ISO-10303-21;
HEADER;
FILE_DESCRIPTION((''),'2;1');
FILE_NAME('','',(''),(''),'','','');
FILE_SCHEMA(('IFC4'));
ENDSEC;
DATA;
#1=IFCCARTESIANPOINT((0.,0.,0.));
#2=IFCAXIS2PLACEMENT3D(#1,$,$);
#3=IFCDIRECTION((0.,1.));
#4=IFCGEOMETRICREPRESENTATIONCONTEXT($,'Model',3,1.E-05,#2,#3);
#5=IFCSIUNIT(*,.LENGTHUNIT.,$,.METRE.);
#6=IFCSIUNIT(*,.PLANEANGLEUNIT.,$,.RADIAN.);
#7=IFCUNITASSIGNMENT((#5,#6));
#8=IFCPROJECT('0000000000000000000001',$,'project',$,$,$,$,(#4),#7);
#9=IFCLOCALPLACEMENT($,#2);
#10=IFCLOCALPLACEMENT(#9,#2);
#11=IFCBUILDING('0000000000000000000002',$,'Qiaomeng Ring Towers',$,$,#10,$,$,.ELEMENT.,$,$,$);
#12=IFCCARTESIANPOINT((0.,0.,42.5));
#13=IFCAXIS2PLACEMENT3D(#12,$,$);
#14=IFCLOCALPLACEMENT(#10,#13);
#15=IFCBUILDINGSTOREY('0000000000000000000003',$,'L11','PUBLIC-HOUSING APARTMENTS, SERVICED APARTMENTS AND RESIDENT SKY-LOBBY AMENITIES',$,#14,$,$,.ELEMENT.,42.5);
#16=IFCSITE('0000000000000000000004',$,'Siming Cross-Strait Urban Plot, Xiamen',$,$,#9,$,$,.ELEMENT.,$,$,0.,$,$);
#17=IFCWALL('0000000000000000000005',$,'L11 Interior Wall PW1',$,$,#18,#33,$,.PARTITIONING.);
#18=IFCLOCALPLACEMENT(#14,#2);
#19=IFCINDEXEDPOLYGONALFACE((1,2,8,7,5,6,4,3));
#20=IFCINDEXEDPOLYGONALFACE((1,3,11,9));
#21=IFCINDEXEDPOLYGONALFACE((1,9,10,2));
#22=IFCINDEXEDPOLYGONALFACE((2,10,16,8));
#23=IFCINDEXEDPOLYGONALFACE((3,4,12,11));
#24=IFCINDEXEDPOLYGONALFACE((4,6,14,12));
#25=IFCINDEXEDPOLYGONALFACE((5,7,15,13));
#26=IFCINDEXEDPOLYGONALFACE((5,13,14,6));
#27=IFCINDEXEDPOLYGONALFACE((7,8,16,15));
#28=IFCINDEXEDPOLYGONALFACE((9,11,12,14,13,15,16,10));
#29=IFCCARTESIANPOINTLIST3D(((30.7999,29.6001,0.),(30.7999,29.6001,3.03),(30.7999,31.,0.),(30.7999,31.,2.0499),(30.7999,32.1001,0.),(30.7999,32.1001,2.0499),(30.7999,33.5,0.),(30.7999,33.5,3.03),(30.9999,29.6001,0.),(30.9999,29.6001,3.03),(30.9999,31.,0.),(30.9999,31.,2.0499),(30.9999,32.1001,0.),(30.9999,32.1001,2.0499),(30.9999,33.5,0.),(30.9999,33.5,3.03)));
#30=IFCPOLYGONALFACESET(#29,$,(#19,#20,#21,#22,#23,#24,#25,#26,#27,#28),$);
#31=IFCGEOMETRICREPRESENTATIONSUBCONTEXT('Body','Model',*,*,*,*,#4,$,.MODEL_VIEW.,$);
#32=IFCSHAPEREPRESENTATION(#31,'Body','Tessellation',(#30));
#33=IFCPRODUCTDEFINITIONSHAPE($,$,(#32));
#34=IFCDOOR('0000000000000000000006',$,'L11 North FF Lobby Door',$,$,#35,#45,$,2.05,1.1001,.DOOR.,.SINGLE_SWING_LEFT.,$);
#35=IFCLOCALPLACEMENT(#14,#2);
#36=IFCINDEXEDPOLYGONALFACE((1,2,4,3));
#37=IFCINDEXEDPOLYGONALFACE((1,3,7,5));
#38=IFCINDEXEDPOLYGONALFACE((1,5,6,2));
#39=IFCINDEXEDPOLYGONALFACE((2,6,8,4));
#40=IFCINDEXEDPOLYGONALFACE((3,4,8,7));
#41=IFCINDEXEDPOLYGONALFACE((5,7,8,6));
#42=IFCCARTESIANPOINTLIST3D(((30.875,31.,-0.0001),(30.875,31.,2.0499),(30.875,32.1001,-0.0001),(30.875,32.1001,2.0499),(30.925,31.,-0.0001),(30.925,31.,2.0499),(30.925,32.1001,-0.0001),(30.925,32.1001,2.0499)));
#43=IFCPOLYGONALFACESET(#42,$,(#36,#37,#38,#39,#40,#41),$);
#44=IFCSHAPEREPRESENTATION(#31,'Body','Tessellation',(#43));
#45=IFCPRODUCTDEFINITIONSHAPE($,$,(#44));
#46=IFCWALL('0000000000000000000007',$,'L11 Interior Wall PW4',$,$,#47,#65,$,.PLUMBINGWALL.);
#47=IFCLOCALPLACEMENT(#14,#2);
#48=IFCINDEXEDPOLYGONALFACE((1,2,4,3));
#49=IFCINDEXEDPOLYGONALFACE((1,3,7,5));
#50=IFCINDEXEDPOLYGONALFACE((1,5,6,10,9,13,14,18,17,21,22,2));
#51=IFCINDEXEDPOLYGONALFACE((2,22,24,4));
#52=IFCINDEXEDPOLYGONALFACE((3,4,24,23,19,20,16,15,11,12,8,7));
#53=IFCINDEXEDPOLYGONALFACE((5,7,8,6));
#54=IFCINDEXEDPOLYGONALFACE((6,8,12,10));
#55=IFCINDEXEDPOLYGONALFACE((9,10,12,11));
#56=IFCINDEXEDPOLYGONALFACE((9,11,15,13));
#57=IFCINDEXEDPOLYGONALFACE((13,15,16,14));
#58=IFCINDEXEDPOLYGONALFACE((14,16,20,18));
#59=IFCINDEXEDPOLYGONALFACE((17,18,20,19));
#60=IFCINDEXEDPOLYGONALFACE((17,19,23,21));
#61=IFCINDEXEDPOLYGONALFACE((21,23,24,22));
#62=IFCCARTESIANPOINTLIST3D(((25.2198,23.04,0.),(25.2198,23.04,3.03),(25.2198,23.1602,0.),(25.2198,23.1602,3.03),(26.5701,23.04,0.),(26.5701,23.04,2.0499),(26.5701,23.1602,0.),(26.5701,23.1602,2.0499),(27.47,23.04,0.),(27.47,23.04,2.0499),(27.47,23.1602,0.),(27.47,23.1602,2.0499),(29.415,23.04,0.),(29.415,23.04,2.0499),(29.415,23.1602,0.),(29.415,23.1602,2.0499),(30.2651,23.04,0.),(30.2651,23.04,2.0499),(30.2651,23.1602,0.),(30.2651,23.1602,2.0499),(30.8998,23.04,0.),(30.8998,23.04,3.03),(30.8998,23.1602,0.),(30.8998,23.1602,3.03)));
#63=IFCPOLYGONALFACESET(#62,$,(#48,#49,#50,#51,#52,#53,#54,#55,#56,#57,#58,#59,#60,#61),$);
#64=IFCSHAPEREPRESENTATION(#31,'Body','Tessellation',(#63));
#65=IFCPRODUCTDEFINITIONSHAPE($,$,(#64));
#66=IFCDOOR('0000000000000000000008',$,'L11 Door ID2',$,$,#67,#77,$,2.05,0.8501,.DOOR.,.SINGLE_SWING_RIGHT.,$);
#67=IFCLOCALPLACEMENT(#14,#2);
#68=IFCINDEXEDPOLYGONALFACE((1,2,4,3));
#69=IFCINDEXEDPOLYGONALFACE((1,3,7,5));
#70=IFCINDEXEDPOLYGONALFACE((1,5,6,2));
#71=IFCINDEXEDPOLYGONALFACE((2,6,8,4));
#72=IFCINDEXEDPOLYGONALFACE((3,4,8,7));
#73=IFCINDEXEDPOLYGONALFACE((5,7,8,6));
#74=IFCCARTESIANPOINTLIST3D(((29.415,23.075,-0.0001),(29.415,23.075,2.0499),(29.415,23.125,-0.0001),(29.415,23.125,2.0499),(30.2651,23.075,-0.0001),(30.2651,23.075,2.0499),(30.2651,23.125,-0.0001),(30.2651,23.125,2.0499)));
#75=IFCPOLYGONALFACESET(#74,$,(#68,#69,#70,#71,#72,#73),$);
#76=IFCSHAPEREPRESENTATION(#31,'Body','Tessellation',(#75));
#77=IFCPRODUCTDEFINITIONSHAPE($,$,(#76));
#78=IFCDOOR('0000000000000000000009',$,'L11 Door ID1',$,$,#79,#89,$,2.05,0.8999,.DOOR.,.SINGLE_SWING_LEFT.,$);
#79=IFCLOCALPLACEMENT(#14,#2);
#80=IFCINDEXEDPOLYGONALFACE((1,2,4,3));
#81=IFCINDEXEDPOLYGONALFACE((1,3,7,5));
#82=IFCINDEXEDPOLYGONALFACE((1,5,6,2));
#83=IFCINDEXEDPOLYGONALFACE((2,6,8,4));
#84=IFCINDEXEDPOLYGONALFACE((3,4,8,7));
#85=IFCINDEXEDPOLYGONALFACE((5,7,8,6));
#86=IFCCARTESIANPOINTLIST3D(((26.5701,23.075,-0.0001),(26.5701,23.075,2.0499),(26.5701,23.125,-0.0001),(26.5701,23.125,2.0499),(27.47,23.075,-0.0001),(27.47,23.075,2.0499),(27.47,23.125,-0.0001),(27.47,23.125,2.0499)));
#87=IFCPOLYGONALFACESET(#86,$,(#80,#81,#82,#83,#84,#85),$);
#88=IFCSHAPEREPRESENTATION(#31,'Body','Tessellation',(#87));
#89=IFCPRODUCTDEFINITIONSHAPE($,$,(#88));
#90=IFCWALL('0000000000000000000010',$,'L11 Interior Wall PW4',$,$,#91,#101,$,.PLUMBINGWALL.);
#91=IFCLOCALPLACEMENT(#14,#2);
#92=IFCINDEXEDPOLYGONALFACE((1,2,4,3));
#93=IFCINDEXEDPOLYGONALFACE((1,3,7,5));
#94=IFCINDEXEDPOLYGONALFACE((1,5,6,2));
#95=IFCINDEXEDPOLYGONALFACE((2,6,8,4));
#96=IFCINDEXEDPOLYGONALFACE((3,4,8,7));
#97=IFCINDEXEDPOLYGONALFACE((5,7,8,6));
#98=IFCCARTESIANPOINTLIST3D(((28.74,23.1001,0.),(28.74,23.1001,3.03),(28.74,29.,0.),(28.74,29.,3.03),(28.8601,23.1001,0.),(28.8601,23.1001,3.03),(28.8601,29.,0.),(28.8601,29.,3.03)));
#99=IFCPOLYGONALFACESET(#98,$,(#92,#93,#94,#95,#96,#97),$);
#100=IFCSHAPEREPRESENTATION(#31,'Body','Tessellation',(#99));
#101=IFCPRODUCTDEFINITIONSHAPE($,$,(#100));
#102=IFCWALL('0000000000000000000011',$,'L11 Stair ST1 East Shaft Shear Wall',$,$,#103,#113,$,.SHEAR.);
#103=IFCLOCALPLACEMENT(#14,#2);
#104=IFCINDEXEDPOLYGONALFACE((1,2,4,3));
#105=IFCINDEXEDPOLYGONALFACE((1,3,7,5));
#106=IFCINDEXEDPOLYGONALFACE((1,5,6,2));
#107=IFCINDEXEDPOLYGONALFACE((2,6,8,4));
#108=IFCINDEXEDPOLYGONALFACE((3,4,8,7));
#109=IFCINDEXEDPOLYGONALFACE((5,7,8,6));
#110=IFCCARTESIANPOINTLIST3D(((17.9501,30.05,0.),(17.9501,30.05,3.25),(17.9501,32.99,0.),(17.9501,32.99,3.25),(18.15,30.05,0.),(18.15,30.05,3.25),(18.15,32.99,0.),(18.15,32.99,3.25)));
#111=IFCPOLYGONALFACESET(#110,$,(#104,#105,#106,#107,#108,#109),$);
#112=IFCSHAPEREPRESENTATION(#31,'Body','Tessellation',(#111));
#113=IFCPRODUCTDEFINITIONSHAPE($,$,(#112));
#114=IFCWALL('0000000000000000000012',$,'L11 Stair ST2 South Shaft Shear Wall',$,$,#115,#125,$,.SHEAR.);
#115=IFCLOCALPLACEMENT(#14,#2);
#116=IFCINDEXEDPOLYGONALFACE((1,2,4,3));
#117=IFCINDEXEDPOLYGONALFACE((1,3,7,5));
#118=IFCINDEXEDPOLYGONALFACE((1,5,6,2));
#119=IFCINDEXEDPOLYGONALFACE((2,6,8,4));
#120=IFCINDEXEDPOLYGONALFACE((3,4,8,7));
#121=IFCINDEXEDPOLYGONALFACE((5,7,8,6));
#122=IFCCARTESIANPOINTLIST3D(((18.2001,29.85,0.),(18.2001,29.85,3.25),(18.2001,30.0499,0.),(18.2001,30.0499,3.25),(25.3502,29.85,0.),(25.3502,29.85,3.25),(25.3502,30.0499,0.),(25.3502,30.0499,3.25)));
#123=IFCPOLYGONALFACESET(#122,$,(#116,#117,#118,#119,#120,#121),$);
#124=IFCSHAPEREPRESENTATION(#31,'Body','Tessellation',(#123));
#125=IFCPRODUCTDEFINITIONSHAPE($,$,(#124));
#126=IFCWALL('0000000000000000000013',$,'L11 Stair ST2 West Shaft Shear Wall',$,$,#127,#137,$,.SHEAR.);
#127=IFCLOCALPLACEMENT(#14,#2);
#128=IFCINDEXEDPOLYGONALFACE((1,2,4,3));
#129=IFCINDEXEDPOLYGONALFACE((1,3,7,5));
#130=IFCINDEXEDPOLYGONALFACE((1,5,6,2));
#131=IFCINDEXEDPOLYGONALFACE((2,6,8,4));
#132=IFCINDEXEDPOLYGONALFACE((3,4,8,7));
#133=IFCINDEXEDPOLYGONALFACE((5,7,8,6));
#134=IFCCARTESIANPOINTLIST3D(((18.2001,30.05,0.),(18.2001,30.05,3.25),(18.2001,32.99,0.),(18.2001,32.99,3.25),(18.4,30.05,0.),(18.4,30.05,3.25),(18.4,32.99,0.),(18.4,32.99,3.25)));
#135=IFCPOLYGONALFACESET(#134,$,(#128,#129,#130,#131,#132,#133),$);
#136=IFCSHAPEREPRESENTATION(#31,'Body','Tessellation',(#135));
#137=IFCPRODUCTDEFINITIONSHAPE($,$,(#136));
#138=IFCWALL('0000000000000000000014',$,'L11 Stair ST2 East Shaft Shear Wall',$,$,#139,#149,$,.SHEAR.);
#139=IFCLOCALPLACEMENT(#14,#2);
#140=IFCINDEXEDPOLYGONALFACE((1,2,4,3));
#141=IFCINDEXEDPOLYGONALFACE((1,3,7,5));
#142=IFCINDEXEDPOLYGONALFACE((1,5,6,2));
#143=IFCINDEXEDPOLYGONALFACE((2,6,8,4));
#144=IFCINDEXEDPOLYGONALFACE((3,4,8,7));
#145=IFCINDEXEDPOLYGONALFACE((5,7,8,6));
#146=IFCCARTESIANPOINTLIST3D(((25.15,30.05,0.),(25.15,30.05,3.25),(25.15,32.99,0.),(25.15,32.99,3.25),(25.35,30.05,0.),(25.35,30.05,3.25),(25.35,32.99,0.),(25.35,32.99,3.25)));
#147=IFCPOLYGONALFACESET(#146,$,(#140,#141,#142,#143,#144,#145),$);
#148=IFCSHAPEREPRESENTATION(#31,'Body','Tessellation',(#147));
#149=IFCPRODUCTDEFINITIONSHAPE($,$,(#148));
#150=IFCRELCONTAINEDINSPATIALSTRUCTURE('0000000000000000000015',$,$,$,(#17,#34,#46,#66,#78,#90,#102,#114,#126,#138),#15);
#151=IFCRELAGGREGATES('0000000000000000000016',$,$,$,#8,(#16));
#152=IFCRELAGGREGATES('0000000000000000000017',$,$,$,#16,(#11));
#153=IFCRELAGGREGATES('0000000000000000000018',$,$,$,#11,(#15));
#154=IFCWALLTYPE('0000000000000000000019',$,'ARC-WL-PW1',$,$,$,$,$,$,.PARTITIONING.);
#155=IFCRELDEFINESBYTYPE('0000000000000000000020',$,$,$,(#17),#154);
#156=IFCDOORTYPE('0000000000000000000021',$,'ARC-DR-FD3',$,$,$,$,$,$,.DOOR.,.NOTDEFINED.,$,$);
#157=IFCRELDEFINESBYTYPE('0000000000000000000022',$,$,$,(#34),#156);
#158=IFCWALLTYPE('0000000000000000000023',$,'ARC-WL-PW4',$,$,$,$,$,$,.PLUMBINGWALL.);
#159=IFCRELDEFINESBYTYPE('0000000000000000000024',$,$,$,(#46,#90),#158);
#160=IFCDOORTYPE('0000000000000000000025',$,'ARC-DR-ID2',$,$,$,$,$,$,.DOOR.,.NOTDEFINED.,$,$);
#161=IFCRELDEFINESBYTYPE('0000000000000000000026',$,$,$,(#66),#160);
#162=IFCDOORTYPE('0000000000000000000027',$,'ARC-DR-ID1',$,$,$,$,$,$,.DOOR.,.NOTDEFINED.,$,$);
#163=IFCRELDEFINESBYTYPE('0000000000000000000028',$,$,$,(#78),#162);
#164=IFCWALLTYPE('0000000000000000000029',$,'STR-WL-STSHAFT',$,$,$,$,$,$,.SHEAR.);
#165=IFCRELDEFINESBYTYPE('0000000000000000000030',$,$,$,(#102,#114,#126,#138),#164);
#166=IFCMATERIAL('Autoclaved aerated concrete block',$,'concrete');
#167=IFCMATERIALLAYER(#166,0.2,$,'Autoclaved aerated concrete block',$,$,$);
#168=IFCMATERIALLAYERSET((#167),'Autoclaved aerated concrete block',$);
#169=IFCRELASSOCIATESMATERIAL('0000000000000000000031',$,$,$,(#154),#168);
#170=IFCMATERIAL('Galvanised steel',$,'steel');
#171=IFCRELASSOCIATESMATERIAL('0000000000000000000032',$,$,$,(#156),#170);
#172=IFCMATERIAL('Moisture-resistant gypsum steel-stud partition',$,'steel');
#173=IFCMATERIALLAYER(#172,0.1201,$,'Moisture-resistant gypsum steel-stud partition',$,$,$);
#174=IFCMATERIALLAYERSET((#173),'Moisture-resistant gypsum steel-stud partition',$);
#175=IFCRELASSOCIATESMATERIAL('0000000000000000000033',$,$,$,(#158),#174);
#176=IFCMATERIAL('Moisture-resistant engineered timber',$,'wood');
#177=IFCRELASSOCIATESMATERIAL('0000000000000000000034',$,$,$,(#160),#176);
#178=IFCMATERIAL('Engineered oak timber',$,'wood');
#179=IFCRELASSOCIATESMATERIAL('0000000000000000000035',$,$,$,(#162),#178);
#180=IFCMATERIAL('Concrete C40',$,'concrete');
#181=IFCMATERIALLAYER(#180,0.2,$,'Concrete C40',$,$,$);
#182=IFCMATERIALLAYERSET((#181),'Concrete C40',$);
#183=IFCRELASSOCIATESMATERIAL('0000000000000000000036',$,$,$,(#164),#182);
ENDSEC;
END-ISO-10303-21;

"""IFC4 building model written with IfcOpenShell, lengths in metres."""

from ifc_helpers import new_model, si_unit, direction, frame, frame_2d, origin, place, context, subcontext, project, spatial, rectangle, extrude, source, transform, mapped, material, layer, layer_set, type_object, element, fill, save


model = new_model("IFC4")

# Units and contexts
model_context = context("Model", 3, precision=1e-05, world=origin(), true_north=direction((0.0, 1.0)))
body_context = subcontext(model_context, "Body", "Model", "MODEL_VIEW")
ifc_project = project(units=[si_unit("LENGTHUNIT", "METRE"), si_unit("PLANEANGLEUNIT", "RADIAN")], contexts=[model_context])

# Site, building, storey
site_placement = place(None, origin())
site = spatial("IfcSite", under=ifc_project, at=site_placement, Name="Siming Cross-Strait Urban Plot, Xiamen", CompositionType="ELEMENT", RefElevation=0.0)
building_placement = place(site_placement, origin())
building = spatial("IfcBuilding", under=site, at=building_placement, Name="Qiaomeng Ring Towers", CompositionType="ELEMENT")
storey_placement = place(building_placement, frame((0.0, 0.0, 42.5)))
storey = spatial("IfcBuildingStorey", under=building, at=storey_placement, Name="L11", Description="PUBLIC-HOUSING APARTMENTS, SERVICED APARTMENTS AND RESIDENT SKY-LOBBY AMENITIES", CompositionType="ELEMENT", Elevation=42.5)

# Shared definitions
ifc_material_1 = material(Name="Autoclaved aerated concrete block", Category="concrete")
ifc_layer_1 = layer(ifc_material_1, 0.2, Name="Autoclaved aerated concrete block")
ifc_layer_set_1 = layer_set([ifc_layer_1], Name="Autoclaved aerated concrete block")
wall_type_1 = type_object("IfcWallType", Name="ARC-WL-PW1", PredefinedType="PARTITIONING", material=ifc_layer_set_1)

# Wall, opening, door
wall_1_placement = place(storey_placement, frame((30.8999, 29.6001, 0.0), z_axis=(0.0, 0.0, 1.0), x_axis=(0.0, 1.0, 0.0)))
wall_1 = element("IfcWall", 1, at=wall_1_placement, inside=storey, type_object=wall_type_1, Name="L11 Interior Wall PW1", PredefinedType="PARTITIONING", context=body_context, shape_type="SweptSolid", body=[
    extrude(rectangle(XDim=3.8999, YDim=0.2, at=frame_2d((1.95, 0.0))), origin(), (0.0, 0.0, 1.0), 3.03),
])
opening_1_placement = place(wall_1_placement, frame((1.3999, 0.0, 0.0)))
opening_1 = element("IfcOpeningElement", 2, at=opening_1_placement, cuts=wall_1, PredefinedType="OPENING", context=body_context, shape_type="SweptSolid", body=[
    extrude(rectangle(XDim=1.1001, YDim=2.05, at=frame_2d((0.55, 1.0249))), frame((0.0, 0.1099, 0.0), z_axis=(0.0, -1.0, 0.0), x_axis=(1.0, 0.0, 0.0)), (0.0, 0.0, 1.0), 0.22),
])
ifc_material_2 = material(Name="Galvanised steel", Category="steel")
door_type_1 = type_object("IfcDoorType", Name="ARC-DR-FD3", OperationType="NOTDEFINED", PredefinedType="DOOR", material=ifc_material_2)
shared_shape_1 = source(origin(), body_context, "Body", "SweptSolid", [
    extrude(rectangle(XDim=1.1001, YDim=2.05, at=frame_2d((0.55, 1.0249))), frame((0.0, 0.0249, 0.0), z_axis=(0.0, -1.0, 0.0), x_axis=(1.0, 0.0, 0.0)), (0.0, 0.0, 1.0), 0.05),
])
door_1_placement = place(opening_1_placement, origin())
door_1 = element("IfcDoor", 3, at=door_1_placement, inside=storey, type_object=door_type_1, Name="L11 North FF Lobby Door", OperationType="SINGLE_SWING_LEFT", OverallHeight=2.05, OverallWidth=1.1001, PredefinedType="DOOR", context=body_context, shape_type="MappedRepresentation", body=[
    mapped(shared_shape_1, transform((0.0, 0.0, 0.0), x_axis=(1.0, 0.0, 0.0), y_axis=(0.0, 1.0, 0.0), z_axis=(0.0, 0.0, 1.0), scale=1.0)),
])
fill(opening_1, door_1)

# Wall, openings, doors
ifc_material_3 = material(Name="Moisture-resistant gypsum steel-stud partition", Category="steel")
ifc_layer_2 = layer(ifc_material_3, 0.1201, Name="Moisture-resistant gypsum steel-stud partition")
ifc_layer_set_2 = layer_set([ifc_layer_2], Name="Moisture-resistant gypsum steel-stud partition")
wall_type_2 = type_object("IfcWallType", Name="ARC-WL-PW4", PredefinedType="PLUMBINGWALL", material=ifc_layer_set_2)
wall_2_placement = place(storey_placement, frame((25.22, 23.1001, 0.0), z_axis=(0.0, 0.0, 1.0), x_axis=(1.0, 0.0, 0.0)))
wall_2 = element("IfcWall", 4, at=wall_2_placement, inside=storey, type_object=wall_type_2, Name="L11 Interior Wall PW4", PredefinedType="PLUMBINGWALL", context=body_context, shape_type="SweptSolid", body=[
    extrude(rectangle(XDim=5.6799, YDim=0.1201, at=frame_2d((2.8398, 0.0))), origin(), (0.0, 0.0, 1.0), 3.03),
])
opening_2_placement = place(wall_2_placement, frame((1.3501, 0.0, 0.0)))
opening_2 = element("IfcOpeningElement", 5, at=opening_2_placement, cuts=wall_2, PredefinedType="OPENING", context=body_context, shape_type="SweptSolid", body=[
    extrude(rectangle(XDim=0.8999, YDim=2.05, at=frame_2d((0.45, 1.0249))), frame((0.0, 0.0701, 0.0), z_axis=(0.0, -1.0, 0.0), x_axis=(1.0, 0.0, 0.0)), (0.0, 0.0, 1.0), 0.1401),
])
opening_3_placement = place(wall_2_placement, frame((4.1951, 0.0, 0.0)))
opening_3 = element("IfcOpeningElement", 6, at=opening_3_placement, cuts=wall_2, PredefinedType="OPENING", context=body_context, shape_type="SweptSolid", body=[
    extrude(rectangle(XDim=0.8501, YDim=2.05, at=frame_2d((0.425, 1.0249))), frame((0.0, 0.0701, 0.0), z_axis=(0.0, -1.0, 0.0), x_axis=(1.0, 0.0, 0.0)), (0.0, 0.0, 1.0), 0.1401),
])
ifc_material_4 = material(Name="Moisture-resistant engineered timber", Category="wood")
door_type_2 = type_object("IfcDoorType", Name="ARC-DR-ID2", OperationType="NOTDEFINED", PredefinedType="DOOR", material=ifc_material_4)
shared_shape_2 = source(origin(), body_context, "Body", "SweptSolid", [
    extrude(rectangle(XDim=0.8501, YDim=2.05, at=frame_2d((0.425, 1.0249))), frame((0.0, 0.0249, 0.0), z_axis=(0.0, -1.0, 0.0), x_axis=(1.0, 0.0, 0.0)), (0.0, 0.0, 1.0), 0.05),
])
door_2_placement = place(opening_3_placement, origin())
door_2 = element("IfcDoor", 7, at=door_2_placement, inside=storey, type_object=door_type_2, Name="L11 Door ID2", OperationType="SINGLE_SWING_RIGHT", OverallHeight=2.05, OverallWidth=0.8501, PredefinedType="DOOR", context=body_context, shape_type="MappedRepresentation", body=[
    mapped(shared_shape_2, transform((0.0, 0.0, 0.0), x_axis=(1.0, 0.0, 0.0), y_axis=(0.0, 1.0, 0.0), z_axis=(0.0, 0.0, 1.0), scale=1.0)),
])
fill(opening_3, door_2)
ifc_material_5 = material(Name="Engineered oak timber", Category="wood")
door_type_3 = type_object("IfcDoorType", Name="ARC-DR-ID1", OperationType="NOTDEFINED", PredefinedType="DOOR", material=ifc_material_5)
shared_shape_3 = source(origin(), body_context, "Body", "SweptSolid", [
    extrude(rectangle(XDim=0.8999, YDim=2.05, at=frame_2d((0.45, 1.0249))), frame((0.0, 0.0249, 0.0), z_axis=(0.0, -1.0, 0.0), x_axis=(1.0, 0.0, 0.0)), (0.0, 0.0, 1.0), 0.05),
])
door_3_placement = place(opening_2_placement, origin())
door_3 = element("IfcDoor", 8, at=door_3_placement, inside=storey, type_object=door_type_3, Name="L11 Door ID1", OperationType="SINGLE_SWING_LEFT", OverallHeight=2.05, OverallWidth=0.8999, PredefinedType="DOOR", context=body_context, shape_type="MappedRepresentation", body=[
    mapped(shared_shape_3, transform((0.0, 0.0, 0.0), x_axis=(1.0, 0.0, 0.0), y_axis=(0.0, 1.0, 0.0), z_axis=(0.0, 0.0, 1.0), scale=1.0)),
])
fill(opening_2, door_3)

# Walls
wall_3_placement = place(storey_placement, frame((28.8, 23.1001, 0.0), z_axis=(0.0, 0.0, 1.0), x_axis=(0.0, 1.0, 0.0)))
element("IfcWall", 9, at=wall_3_placement, inside=storey, type_object=wall_type_2, Name="L11 Interior Wall PW4", PredefinedType="PLUMBINGWALL", context=body_context, shape_type="SweptSolid", body=[
    extrude(rectangle(XDim=5.8999, YDim=0.1201, at=frame_2d((2.95, 0.0))), origin(), (0.0, 0.0, 1.0), 3.03),
])
ifc_material_6 = material(Name="Concrete C40", Category="concrete")
ifc_layer_3 = layer(ifc_material_6, 0.2, Name="Concrete C40")
ifc_layer_set_3 = layer_set([ifc_layer_3], Name="Concrete C40")
wall_type_3 = type_object("IfcWallType", Name="STR-WL-STSHAFT", PredefinedType="SHEAR", material=ifc_layer_set_3)
wall_4_placement = place(storey_placement, frame((18.05, 30.05, 0.0), z_axis=(0.0, 0.0, 1.0), x_axis=(0.0, 1.0, 0.0)))
element("IfcWall", 10, at=wall_4_placement, inside=storey, type_object=wall_type_3, Name="L11 Stair ST1 East Shaft Shear Wall", PredefinedType="SHEAR", context=body_context, shape_type="SweptSolid", body=[
    extrude(rectangle(XDim=2.9399, YDim=0.2, at=frame_2d((1.47, 0.0))), origin(), (0.0, 0.0, 1.0), 3.25),
])
wall_5_placement = place(storey_placement, frame((18.2, 29.95, 0.0), z_axis=(0.0, 0.0, 1.0), x_axis=(1.0, 0.0, 0.0)))
element("IfcWall", 11, at=wall_5_placement, inside=storey, type_object=wall_type_3, Name="L11 Stair ST2 South Shaft Shear Wall", PredefinedType="SHEAR", context=body_context, shape_type="SweptSolid", body=[
    extrude(rectangle(XDim=7.1501, YDim=0.2, at=frame_2d((3.5752, 0.0))), origin(), (0.0, 0.0, 1.0), 3.25),
])
for number, where, z_axis, x_axis, name in (
    (12, (18.3, 30.05, 0.0), (0.0, 0.0, 1.0), (0.0, 1.0, 0.0), "L11 Stair ST2 West Shaft Shear Wall"),
    (13, (25.25, 30.05, 0.0), (0.0, 0.0, 1.0), (0.0, 1.0, 0.0), "L11 Stair ST2 East Shaft Shear Wall"),
):
    element("IfcWall", number, at=place(storey_placement, frame(where, z_axis=z_axis, x_axis=x_axis)), inside=storey, type_object=wall_type_3, Name=name, PredefinedType="SHEAR", context=body_context, shape_type="SweptSolid", body=[
        extrude(rectangle(XDim=2.9399, YDim=0.2, at=frame_2d((1.47, 0.0))), origin(), (0.0, 0.0, 1.0), 3.25),
    ])

save(model, "model.ifc")
